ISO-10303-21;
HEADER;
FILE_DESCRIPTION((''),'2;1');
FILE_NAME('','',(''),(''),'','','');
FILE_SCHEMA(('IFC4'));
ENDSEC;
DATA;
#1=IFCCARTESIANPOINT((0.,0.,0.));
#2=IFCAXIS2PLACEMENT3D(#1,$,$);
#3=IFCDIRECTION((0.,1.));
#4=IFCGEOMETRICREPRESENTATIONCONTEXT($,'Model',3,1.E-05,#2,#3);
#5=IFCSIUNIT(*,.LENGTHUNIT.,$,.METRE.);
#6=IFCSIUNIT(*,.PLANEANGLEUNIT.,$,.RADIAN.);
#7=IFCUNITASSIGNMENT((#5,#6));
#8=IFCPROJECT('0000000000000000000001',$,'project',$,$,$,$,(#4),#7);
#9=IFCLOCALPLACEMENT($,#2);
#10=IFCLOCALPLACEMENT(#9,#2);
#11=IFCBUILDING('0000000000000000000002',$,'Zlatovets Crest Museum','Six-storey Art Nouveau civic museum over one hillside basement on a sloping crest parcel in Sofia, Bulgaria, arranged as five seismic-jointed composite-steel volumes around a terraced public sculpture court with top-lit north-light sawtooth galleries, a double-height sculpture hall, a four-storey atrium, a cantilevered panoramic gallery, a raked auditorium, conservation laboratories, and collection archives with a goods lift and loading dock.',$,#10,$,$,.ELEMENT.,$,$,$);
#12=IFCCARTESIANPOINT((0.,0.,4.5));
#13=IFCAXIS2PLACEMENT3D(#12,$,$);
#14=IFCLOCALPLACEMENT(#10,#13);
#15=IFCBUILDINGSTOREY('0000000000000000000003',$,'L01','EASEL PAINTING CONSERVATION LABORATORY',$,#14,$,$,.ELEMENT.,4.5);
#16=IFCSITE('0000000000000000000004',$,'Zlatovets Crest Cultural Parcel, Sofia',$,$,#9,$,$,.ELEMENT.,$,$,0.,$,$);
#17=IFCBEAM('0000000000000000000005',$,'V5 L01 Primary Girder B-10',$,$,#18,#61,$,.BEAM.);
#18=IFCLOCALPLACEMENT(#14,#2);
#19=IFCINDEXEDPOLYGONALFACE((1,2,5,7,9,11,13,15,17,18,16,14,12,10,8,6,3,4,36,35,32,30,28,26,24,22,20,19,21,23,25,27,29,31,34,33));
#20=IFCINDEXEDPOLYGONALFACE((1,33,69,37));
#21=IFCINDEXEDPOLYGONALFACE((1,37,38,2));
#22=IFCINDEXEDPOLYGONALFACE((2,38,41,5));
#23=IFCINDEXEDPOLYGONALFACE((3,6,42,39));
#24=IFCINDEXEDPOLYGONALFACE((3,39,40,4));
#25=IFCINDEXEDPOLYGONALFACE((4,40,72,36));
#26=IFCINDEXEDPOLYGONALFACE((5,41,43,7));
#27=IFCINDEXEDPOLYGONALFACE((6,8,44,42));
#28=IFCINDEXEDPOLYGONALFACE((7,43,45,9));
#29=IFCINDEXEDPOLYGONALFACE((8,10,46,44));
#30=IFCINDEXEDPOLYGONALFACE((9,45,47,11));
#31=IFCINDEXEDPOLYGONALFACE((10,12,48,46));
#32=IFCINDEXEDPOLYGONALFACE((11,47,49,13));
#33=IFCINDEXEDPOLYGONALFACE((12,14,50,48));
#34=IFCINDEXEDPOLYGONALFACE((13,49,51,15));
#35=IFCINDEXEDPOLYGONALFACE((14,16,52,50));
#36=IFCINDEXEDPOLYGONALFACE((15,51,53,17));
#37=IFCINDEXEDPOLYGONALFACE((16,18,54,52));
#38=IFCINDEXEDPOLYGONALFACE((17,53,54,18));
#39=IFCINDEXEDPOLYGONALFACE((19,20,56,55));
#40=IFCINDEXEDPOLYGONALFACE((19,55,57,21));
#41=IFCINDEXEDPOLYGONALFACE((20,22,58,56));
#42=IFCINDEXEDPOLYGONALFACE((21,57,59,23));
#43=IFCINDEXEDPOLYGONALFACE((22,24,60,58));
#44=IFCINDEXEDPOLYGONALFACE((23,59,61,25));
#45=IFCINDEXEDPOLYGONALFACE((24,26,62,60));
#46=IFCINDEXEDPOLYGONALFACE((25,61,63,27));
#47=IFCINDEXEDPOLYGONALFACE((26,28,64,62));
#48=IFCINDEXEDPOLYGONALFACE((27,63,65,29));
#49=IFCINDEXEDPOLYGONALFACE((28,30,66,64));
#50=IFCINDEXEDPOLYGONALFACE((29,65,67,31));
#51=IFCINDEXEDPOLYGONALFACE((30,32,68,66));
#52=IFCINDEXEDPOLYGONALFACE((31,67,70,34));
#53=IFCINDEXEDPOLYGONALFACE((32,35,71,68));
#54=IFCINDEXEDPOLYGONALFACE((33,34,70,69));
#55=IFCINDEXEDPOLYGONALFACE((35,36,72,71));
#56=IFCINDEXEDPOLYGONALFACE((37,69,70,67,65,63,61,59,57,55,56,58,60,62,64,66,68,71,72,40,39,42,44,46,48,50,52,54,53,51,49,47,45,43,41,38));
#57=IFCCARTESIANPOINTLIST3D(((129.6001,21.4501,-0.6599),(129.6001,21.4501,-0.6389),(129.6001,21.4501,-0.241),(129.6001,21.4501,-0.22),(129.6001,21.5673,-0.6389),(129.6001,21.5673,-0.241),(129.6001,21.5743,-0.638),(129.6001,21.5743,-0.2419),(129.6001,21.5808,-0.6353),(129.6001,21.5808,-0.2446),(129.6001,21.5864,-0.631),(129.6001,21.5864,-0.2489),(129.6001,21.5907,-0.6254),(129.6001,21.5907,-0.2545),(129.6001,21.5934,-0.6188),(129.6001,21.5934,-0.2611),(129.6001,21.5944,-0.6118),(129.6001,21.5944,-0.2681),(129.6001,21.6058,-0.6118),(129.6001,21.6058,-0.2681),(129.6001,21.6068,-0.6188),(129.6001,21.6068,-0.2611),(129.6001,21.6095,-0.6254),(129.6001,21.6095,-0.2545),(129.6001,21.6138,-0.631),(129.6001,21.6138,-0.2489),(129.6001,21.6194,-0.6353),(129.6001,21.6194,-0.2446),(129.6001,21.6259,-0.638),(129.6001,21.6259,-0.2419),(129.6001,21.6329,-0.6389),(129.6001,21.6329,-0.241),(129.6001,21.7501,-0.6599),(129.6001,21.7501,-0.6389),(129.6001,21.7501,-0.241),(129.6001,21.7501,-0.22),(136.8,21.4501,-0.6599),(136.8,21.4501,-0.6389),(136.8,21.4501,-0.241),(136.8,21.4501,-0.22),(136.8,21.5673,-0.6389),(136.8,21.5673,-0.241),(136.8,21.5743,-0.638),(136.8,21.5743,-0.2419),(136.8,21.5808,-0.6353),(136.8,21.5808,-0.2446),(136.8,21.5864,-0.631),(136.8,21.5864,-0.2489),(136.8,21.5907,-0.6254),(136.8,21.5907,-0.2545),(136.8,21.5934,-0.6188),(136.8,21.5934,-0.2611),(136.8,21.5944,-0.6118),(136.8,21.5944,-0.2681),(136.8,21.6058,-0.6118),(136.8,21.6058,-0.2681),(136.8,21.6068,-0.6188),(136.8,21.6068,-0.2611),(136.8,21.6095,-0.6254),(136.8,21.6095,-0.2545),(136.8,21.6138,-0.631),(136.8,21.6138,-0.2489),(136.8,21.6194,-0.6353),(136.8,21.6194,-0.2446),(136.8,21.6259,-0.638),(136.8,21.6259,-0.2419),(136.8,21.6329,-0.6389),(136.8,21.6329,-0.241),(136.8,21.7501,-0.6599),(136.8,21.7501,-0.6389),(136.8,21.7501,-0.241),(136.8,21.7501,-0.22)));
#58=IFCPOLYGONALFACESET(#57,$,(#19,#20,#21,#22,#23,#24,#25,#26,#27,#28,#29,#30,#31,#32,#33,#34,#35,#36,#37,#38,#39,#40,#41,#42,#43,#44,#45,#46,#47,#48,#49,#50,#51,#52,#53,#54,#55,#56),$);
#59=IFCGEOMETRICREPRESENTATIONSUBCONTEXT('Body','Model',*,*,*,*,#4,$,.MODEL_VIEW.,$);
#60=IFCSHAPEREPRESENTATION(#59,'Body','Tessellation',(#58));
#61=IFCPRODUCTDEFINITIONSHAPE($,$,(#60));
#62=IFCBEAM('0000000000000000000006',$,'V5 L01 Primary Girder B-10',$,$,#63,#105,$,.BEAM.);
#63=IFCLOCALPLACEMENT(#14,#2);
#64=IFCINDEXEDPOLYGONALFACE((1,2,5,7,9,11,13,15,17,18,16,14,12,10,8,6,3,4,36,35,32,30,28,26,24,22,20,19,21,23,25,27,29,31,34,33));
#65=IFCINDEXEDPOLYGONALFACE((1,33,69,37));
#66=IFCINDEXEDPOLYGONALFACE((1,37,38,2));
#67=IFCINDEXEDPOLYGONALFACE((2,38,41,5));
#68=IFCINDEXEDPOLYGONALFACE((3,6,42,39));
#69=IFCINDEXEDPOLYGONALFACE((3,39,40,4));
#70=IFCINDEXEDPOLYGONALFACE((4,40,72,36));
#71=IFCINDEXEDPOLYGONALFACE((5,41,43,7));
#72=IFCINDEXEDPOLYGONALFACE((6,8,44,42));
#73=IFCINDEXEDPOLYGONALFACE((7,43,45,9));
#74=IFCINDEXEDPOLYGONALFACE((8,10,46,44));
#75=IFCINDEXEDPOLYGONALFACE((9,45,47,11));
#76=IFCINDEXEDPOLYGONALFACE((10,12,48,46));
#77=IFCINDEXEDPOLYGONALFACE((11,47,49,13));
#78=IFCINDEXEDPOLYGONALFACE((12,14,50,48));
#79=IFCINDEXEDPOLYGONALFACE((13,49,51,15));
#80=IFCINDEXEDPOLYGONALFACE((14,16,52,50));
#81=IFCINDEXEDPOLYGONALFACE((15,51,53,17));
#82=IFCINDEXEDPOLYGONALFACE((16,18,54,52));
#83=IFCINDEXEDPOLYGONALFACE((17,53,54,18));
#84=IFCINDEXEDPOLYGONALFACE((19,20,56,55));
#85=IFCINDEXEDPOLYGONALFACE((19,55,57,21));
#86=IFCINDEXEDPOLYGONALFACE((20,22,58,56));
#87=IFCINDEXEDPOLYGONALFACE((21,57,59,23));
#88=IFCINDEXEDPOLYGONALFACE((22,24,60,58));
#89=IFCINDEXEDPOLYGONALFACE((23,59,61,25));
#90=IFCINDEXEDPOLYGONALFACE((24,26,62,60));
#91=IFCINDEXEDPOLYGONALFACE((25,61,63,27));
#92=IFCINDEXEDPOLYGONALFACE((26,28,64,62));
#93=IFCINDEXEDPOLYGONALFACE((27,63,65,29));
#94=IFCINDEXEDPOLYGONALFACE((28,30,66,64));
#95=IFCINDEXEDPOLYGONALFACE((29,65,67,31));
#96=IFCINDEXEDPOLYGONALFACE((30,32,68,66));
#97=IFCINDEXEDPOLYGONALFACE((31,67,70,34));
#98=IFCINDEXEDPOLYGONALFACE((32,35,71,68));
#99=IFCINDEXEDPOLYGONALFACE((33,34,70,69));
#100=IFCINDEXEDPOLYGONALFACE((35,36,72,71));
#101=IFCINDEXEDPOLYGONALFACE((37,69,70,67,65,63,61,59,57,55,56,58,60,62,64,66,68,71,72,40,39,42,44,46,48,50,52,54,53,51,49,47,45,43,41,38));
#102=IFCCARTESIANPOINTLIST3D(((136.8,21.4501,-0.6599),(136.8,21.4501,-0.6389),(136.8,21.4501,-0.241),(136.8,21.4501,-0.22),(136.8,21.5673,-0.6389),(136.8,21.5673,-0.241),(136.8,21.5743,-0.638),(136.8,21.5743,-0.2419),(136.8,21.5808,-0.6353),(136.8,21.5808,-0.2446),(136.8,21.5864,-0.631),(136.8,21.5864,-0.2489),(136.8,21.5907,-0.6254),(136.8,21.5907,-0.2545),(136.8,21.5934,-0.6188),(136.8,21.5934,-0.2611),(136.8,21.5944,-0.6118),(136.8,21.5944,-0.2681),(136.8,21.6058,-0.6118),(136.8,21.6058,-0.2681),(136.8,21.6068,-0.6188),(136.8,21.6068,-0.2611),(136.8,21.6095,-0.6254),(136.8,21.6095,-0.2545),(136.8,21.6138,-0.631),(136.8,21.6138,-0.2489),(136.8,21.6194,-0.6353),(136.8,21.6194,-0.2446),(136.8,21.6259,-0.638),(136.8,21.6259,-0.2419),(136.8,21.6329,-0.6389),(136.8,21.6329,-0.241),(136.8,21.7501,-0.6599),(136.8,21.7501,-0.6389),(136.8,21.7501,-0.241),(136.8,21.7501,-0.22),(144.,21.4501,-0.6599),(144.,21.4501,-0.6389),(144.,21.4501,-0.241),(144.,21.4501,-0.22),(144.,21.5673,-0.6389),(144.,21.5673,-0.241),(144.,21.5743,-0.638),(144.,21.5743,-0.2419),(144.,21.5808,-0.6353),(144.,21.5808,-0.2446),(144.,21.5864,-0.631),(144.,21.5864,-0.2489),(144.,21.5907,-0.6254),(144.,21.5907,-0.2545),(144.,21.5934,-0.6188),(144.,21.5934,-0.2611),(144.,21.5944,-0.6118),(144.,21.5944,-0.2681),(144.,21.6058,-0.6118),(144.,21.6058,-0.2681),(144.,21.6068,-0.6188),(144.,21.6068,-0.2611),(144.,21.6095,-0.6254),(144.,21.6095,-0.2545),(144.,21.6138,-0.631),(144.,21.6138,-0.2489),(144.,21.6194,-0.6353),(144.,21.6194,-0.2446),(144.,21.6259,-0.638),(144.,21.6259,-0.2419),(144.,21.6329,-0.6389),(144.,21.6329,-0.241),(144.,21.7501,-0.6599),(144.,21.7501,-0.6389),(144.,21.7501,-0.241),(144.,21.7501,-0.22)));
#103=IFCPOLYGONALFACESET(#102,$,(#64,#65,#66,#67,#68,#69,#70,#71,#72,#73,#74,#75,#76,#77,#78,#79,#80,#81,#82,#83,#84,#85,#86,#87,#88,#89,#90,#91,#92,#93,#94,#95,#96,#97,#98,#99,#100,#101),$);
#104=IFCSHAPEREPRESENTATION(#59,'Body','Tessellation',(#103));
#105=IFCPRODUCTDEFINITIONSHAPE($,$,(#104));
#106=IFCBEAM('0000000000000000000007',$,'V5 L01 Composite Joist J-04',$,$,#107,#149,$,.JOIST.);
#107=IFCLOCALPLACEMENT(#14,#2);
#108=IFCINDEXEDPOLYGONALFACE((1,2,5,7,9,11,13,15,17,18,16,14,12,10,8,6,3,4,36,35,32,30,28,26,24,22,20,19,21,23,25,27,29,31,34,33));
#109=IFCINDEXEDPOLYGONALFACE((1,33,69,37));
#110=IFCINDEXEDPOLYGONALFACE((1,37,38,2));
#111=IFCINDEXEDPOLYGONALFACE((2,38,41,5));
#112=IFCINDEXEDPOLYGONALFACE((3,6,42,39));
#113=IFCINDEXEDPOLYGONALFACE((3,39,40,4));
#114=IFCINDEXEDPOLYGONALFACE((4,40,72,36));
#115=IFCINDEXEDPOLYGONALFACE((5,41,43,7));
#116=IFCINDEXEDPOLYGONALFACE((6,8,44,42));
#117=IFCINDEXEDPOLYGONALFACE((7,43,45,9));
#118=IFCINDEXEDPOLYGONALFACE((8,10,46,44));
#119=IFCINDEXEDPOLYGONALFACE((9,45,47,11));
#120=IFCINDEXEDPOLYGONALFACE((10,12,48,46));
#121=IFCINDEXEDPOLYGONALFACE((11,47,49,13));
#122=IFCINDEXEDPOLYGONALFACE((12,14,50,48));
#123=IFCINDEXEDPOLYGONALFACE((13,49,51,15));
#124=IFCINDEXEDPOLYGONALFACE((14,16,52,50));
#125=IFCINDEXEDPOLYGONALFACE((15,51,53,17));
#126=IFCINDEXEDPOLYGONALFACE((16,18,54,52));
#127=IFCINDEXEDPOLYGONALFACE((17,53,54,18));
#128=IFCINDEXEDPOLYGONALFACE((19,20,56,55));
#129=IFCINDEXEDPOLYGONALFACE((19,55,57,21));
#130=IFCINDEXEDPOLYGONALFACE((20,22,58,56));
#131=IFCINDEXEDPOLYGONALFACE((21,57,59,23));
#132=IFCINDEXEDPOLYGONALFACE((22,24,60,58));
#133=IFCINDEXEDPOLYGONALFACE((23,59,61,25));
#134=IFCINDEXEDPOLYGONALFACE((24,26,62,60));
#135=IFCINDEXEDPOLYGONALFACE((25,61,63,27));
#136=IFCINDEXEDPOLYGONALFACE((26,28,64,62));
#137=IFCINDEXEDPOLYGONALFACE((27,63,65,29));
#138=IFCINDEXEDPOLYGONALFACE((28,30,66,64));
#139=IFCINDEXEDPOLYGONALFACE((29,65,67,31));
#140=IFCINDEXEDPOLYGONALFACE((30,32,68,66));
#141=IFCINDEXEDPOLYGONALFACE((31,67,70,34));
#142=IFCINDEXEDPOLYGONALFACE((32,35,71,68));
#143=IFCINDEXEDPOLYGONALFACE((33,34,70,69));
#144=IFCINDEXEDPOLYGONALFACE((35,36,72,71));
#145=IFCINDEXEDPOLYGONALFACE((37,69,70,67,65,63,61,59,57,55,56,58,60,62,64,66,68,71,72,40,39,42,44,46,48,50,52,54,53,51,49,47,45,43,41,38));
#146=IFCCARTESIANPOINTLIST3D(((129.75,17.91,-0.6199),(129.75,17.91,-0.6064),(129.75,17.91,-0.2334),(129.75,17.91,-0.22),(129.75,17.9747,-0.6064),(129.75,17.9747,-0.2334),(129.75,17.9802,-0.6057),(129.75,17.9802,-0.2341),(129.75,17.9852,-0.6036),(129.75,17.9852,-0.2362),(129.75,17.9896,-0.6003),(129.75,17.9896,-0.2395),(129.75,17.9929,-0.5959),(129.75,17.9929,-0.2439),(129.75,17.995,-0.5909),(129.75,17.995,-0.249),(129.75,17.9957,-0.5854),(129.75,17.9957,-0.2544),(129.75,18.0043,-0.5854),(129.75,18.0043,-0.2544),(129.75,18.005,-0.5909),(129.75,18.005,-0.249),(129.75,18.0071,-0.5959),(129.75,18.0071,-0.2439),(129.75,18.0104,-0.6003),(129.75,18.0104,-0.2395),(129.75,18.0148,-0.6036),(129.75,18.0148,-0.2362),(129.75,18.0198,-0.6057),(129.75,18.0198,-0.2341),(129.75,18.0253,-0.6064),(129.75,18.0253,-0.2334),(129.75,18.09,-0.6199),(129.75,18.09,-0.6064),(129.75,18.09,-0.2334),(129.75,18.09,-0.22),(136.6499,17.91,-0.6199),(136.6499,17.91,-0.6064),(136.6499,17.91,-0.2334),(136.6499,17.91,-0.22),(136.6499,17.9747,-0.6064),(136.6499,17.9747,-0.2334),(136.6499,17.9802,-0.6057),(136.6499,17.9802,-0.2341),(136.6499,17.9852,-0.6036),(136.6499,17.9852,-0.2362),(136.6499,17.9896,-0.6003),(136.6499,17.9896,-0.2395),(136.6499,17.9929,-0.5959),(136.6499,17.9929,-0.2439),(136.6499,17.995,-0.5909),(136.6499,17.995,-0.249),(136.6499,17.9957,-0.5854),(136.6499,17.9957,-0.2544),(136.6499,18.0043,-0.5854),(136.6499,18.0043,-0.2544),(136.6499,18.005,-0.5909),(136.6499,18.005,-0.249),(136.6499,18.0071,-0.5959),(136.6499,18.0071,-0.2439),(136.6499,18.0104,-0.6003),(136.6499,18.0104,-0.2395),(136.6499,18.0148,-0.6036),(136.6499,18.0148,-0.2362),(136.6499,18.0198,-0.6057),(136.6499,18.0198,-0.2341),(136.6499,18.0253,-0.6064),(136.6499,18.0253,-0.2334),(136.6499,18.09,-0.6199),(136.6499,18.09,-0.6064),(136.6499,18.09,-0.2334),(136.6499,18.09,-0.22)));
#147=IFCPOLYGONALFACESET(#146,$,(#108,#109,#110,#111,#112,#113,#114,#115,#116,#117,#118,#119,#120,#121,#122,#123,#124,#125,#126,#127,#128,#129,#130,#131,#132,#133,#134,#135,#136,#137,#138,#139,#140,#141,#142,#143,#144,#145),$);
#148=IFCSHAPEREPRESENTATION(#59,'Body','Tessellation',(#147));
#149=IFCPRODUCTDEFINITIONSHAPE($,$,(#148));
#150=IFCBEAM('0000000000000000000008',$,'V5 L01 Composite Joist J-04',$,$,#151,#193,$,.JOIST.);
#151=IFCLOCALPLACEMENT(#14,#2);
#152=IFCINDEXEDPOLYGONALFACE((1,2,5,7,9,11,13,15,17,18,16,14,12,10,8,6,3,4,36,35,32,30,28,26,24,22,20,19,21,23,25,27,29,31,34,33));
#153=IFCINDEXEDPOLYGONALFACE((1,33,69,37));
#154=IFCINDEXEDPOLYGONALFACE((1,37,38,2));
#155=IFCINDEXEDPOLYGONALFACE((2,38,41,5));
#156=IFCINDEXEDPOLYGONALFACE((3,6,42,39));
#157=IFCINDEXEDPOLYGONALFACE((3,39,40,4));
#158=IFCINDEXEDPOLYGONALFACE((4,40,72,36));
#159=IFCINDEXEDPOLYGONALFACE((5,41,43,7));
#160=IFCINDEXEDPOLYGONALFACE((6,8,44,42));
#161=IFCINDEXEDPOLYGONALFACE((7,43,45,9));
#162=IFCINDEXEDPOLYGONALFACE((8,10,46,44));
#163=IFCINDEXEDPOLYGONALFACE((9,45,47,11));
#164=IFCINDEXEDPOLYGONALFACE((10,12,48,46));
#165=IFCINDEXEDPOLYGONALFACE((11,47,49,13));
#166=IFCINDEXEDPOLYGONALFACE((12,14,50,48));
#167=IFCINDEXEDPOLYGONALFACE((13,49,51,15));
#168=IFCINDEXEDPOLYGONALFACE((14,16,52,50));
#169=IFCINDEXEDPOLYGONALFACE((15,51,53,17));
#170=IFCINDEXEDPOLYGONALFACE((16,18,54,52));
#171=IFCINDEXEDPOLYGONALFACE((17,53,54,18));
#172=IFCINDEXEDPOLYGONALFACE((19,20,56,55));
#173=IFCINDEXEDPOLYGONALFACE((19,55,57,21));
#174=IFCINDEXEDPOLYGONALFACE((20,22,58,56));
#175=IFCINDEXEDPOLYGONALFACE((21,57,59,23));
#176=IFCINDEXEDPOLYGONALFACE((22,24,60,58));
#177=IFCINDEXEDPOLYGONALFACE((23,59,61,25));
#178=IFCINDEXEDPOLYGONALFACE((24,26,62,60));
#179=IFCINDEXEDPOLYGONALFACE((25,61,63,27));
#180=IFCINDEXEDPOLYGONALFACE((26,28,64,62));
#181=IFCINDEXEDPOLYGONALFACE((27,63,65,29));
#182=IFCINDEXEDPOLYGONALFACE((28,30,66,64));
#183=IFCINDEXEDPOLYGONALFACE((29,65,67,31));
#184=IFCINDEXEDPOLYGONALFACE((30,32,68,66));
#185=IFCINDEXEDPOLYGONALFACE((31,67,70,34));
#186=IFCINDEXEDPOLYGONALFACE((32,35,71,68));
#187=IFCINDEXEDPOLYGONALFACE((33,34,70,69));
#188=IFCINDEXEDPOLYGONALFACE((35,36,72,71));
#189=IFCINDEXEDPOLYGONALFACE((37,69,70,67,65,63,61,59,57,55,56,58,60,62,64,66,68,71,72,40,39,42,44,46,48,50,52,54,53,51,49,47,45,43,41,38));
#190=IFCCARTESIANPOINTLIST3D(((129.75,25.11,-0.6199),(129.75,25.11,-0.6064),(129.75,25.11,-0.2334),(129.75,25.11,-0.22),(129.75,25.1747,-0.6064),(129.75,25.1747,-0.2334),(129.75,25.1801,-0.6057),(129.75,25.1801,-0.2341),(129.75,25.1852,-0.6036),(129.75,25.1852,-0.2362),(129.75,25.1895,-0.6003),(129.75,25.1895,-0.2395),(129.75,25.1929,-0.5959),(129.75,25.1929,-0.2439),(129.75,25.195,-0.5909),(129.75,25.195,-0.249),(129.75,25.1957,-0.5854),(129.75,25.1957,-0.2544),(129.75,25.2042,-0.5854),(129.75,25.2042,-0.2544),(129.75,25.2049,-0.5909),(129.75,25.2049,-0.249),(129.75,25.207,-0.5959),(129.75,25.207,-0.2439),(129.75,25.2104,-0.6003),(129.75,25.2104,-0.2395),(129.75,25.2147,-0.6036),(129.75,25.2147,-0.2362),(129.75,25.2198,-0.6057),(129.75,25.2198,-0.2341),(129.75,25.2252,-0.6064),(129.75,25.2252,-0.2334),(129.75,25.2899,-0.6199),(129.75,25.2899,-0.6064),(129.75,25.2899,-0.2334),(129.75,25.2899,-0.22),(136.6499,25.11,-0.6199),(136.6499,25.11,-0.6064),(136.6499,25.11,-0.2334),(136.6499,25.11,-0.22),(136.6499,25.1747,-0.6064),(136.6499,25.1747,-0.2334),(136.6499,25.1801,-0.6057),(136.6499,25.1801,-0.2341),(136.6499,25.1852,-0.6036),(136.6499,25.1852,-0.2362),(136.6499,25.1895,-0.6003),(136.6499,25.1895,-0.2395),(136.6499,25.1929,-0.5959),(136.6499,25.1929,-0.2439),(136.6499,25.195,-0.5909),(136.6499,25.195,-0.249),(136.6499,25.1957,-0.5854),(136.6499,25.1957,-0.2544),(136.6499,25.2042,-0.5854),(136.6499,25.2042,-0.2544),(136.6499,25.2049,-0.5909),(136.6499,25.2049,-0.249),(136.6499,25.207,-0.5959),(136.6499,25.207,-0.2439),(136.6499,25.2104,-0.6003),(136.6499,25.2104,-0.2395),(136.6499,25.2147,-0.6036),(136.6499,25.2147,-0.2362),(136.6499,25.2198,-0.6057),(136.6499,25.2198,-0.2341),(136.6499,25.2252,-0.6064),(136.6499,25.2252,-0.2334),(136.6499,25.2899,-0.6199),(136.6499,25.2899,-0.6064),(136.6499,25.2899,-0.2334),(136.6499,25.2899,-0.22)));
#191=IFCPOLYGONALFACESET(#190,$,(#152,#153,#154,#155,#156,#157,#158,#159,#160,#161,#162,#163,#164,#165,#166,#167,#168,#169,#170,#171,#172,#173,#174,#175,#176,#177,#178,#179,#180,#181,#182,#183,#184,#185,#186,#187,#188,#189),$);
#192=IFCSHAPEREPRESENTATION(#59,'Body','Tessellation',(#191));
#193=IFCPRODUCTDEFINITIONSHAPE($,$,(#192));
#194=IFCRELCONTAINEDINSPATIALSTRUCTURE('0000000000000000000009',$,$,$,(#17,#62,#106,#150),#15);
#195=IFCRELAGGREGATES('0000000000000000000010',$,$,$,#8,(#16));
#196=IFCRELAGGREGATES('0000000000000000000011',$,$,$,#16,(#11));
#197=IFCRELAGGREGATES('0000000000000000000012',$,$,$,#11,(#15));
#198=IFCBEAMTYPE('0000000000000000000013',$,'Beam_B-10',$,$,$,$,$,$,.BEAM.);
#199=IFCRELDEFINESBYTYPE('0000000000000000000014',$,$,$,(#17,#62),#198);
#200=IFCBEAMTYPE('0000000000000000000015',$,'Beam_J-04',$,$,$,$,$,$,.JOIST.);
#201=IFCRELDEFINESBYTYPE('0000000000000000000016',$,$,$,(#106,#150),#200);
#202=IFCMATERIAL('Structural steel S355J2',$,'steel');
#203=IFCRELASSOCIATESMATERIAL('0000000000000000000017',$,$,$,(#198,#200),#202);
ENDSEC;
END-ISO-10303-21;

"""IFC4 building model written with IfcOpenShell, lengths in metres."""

from ifc_helpers import new_model, si_unit, direction, frame, origin, origin_2d, place, context, subcontext, project, spatial, i_section, extrude, material, material_profile, profile_set, type_object, element, save


model = new_model("IFC4")

# Units and contexts
model_context = context("Model", 3, precision=1e-05, world=origin(), true_north=direction((0.0, 1.0)))
body_context = subcontext(model_context, "Body", "Model", "MODEL_VIEW")
ifc_project = project(units=[si_unit("LENGTHUNIT", "METRE"), si_unit("PLANEANGLEUNIT", "RADIAN")], contexts=[model_context])

# Site, building, storey
site_placement = place(None, origin())
site = spatial("IfcSite", under=ifc_project, at=site_placement, Name="Zlatovets Crest Cultural Parcel, Sofia", CompositionType="ELEMENT", RefElevation=0.0)
building_placement = place(site_placement, origin())
building = spatial("IfcBuilding", under=site, at=building_placement, Name="Zlatovets Crest Museum", Description="Six-storey Art Nouveau civic museum over one hillside basement on a sloping crest parcel in Sofia, Bulgaria, arranged as five seismic-jointed composite-steel volumes around a terraced public sculpture court with top-lit north-light sawtooth galleries, a double-height sculpture hall, a four-storey atrium, a cantilevered panoramic gallery, a raked auditorium, conservation laboratories, and collection archives with a goods lift and loading dock.", CompositionType="ELEMENT")
storey_placement = place(building_placement, frame((0.0, 0.0, 4.5)))
storey = spatial("IfcBuildingStorey", under=building, at=storey_placement, Name="L01", Description="EASEL PAINTING CONSERVATION LABORATORY", CompositionType="ELEMENT", Elevation=4.5)

# Shared definitions
ifc_material_1 = material(Name="Structural steel S355J2", Category="steel")

# Beams
ifc_material_profile_1 = material_profile(ifc_material_1, i_section(OverallWidth=0.3, OverallDepth=0.4399, WebThickness=0.0115, FlangeThickness=0.021, FilletRadius=0.0271, at=origin_2d()), Name="HEA 450")
ifc_profile_set_1 = profile_set([ifc_material_profile_1], Name="Structural steel S355J2")
beam_type_1 = type_object("IfcBeamType", Name="Beam_B-10", PredefinedType="BEAM", material=ifc_profile_set_1)
for number, where, z_axis, x_axis, name in (
    (1, (129.6001, 21.6001, -0.4399), (1.0, 0.0, 0.0), (0.0, 1.0, 0.0), "V5 L01 Primary Girder B-10"),
    (2, (136.8, 21.6001, -0.4399), (1.0, 0.0, 0.0), (0.0, 1.0, 0.0), "V5 L01 Primary Girder B-10"),
):
    element("IfcBeam", number, at=place(storey_placement, frame(where, z_axis=z_axis, x_axis=x_axis)), inside=storey, type_object=beam_type_1, Name=name, PredefinedType="BEAM", context=body_context, shape_type="SweptSolid", body=[
        extrude(i_section(OverallWidth=0.3, OverallDepth=0.4399, WebThickness=0.0115, FlangeThickness=0.021, FilletRadius=0.0271, at=origin_2d()), origin(), (0.0, 0.0, 1.0), 7.2),
    ])
ifc_material_profile_2 = material_profile(ifc_material_1, i_section(OverallWidth=0.1799, OverallDepth=0.3999, WebThickness=0.0085, FlangeThickness=0.0134, FilletRadius=0.021, at=origin_2d()), Name="IPE 400")
ifc_profile_set_2 = profile_set([ifc_material_profile_2], Name="Structural steel S355J2")
beam_type_2 = type_object("IfcBeamType", Name="Beam_J-04", PredefinedType="JOIST", material=ifc_profile_set_2)
for number, where, z_axis, x_axis, name in (
    (3, (129.75, 18.0, -0.4199), (1.0, 0.0, 0.0), (0.0, 1.0, 0.0), "V5 L01 Composite Joist J-04"),
    (4, (129.75, 25.2, -0.4199), (1.0, 0.0, 0.0), (0.0, 1.0, 0.0), "V5 L01 Composite Joist J-04"),
):
    element("IfcBeam", number, at=place(storey_placement, frame(where, z_axis=z_axis, x_axis=x_axis)), inside=storey, type_object=beam_type_2, Name=name, PredefinedType="JOIST", context=body_context, shape_type="SweptSolid", body=[
        extrude(i_section(OverallWidth=0.1799, OverallDepth=0.3999, WebThickness=0.0085, FlangeThickness=0.0134, FilletRadius=0.021, at=origin_2d()), origin(), (0.0, 0.0, 1.0), 6.8999),
    ])

save(model, "model.ifc")
